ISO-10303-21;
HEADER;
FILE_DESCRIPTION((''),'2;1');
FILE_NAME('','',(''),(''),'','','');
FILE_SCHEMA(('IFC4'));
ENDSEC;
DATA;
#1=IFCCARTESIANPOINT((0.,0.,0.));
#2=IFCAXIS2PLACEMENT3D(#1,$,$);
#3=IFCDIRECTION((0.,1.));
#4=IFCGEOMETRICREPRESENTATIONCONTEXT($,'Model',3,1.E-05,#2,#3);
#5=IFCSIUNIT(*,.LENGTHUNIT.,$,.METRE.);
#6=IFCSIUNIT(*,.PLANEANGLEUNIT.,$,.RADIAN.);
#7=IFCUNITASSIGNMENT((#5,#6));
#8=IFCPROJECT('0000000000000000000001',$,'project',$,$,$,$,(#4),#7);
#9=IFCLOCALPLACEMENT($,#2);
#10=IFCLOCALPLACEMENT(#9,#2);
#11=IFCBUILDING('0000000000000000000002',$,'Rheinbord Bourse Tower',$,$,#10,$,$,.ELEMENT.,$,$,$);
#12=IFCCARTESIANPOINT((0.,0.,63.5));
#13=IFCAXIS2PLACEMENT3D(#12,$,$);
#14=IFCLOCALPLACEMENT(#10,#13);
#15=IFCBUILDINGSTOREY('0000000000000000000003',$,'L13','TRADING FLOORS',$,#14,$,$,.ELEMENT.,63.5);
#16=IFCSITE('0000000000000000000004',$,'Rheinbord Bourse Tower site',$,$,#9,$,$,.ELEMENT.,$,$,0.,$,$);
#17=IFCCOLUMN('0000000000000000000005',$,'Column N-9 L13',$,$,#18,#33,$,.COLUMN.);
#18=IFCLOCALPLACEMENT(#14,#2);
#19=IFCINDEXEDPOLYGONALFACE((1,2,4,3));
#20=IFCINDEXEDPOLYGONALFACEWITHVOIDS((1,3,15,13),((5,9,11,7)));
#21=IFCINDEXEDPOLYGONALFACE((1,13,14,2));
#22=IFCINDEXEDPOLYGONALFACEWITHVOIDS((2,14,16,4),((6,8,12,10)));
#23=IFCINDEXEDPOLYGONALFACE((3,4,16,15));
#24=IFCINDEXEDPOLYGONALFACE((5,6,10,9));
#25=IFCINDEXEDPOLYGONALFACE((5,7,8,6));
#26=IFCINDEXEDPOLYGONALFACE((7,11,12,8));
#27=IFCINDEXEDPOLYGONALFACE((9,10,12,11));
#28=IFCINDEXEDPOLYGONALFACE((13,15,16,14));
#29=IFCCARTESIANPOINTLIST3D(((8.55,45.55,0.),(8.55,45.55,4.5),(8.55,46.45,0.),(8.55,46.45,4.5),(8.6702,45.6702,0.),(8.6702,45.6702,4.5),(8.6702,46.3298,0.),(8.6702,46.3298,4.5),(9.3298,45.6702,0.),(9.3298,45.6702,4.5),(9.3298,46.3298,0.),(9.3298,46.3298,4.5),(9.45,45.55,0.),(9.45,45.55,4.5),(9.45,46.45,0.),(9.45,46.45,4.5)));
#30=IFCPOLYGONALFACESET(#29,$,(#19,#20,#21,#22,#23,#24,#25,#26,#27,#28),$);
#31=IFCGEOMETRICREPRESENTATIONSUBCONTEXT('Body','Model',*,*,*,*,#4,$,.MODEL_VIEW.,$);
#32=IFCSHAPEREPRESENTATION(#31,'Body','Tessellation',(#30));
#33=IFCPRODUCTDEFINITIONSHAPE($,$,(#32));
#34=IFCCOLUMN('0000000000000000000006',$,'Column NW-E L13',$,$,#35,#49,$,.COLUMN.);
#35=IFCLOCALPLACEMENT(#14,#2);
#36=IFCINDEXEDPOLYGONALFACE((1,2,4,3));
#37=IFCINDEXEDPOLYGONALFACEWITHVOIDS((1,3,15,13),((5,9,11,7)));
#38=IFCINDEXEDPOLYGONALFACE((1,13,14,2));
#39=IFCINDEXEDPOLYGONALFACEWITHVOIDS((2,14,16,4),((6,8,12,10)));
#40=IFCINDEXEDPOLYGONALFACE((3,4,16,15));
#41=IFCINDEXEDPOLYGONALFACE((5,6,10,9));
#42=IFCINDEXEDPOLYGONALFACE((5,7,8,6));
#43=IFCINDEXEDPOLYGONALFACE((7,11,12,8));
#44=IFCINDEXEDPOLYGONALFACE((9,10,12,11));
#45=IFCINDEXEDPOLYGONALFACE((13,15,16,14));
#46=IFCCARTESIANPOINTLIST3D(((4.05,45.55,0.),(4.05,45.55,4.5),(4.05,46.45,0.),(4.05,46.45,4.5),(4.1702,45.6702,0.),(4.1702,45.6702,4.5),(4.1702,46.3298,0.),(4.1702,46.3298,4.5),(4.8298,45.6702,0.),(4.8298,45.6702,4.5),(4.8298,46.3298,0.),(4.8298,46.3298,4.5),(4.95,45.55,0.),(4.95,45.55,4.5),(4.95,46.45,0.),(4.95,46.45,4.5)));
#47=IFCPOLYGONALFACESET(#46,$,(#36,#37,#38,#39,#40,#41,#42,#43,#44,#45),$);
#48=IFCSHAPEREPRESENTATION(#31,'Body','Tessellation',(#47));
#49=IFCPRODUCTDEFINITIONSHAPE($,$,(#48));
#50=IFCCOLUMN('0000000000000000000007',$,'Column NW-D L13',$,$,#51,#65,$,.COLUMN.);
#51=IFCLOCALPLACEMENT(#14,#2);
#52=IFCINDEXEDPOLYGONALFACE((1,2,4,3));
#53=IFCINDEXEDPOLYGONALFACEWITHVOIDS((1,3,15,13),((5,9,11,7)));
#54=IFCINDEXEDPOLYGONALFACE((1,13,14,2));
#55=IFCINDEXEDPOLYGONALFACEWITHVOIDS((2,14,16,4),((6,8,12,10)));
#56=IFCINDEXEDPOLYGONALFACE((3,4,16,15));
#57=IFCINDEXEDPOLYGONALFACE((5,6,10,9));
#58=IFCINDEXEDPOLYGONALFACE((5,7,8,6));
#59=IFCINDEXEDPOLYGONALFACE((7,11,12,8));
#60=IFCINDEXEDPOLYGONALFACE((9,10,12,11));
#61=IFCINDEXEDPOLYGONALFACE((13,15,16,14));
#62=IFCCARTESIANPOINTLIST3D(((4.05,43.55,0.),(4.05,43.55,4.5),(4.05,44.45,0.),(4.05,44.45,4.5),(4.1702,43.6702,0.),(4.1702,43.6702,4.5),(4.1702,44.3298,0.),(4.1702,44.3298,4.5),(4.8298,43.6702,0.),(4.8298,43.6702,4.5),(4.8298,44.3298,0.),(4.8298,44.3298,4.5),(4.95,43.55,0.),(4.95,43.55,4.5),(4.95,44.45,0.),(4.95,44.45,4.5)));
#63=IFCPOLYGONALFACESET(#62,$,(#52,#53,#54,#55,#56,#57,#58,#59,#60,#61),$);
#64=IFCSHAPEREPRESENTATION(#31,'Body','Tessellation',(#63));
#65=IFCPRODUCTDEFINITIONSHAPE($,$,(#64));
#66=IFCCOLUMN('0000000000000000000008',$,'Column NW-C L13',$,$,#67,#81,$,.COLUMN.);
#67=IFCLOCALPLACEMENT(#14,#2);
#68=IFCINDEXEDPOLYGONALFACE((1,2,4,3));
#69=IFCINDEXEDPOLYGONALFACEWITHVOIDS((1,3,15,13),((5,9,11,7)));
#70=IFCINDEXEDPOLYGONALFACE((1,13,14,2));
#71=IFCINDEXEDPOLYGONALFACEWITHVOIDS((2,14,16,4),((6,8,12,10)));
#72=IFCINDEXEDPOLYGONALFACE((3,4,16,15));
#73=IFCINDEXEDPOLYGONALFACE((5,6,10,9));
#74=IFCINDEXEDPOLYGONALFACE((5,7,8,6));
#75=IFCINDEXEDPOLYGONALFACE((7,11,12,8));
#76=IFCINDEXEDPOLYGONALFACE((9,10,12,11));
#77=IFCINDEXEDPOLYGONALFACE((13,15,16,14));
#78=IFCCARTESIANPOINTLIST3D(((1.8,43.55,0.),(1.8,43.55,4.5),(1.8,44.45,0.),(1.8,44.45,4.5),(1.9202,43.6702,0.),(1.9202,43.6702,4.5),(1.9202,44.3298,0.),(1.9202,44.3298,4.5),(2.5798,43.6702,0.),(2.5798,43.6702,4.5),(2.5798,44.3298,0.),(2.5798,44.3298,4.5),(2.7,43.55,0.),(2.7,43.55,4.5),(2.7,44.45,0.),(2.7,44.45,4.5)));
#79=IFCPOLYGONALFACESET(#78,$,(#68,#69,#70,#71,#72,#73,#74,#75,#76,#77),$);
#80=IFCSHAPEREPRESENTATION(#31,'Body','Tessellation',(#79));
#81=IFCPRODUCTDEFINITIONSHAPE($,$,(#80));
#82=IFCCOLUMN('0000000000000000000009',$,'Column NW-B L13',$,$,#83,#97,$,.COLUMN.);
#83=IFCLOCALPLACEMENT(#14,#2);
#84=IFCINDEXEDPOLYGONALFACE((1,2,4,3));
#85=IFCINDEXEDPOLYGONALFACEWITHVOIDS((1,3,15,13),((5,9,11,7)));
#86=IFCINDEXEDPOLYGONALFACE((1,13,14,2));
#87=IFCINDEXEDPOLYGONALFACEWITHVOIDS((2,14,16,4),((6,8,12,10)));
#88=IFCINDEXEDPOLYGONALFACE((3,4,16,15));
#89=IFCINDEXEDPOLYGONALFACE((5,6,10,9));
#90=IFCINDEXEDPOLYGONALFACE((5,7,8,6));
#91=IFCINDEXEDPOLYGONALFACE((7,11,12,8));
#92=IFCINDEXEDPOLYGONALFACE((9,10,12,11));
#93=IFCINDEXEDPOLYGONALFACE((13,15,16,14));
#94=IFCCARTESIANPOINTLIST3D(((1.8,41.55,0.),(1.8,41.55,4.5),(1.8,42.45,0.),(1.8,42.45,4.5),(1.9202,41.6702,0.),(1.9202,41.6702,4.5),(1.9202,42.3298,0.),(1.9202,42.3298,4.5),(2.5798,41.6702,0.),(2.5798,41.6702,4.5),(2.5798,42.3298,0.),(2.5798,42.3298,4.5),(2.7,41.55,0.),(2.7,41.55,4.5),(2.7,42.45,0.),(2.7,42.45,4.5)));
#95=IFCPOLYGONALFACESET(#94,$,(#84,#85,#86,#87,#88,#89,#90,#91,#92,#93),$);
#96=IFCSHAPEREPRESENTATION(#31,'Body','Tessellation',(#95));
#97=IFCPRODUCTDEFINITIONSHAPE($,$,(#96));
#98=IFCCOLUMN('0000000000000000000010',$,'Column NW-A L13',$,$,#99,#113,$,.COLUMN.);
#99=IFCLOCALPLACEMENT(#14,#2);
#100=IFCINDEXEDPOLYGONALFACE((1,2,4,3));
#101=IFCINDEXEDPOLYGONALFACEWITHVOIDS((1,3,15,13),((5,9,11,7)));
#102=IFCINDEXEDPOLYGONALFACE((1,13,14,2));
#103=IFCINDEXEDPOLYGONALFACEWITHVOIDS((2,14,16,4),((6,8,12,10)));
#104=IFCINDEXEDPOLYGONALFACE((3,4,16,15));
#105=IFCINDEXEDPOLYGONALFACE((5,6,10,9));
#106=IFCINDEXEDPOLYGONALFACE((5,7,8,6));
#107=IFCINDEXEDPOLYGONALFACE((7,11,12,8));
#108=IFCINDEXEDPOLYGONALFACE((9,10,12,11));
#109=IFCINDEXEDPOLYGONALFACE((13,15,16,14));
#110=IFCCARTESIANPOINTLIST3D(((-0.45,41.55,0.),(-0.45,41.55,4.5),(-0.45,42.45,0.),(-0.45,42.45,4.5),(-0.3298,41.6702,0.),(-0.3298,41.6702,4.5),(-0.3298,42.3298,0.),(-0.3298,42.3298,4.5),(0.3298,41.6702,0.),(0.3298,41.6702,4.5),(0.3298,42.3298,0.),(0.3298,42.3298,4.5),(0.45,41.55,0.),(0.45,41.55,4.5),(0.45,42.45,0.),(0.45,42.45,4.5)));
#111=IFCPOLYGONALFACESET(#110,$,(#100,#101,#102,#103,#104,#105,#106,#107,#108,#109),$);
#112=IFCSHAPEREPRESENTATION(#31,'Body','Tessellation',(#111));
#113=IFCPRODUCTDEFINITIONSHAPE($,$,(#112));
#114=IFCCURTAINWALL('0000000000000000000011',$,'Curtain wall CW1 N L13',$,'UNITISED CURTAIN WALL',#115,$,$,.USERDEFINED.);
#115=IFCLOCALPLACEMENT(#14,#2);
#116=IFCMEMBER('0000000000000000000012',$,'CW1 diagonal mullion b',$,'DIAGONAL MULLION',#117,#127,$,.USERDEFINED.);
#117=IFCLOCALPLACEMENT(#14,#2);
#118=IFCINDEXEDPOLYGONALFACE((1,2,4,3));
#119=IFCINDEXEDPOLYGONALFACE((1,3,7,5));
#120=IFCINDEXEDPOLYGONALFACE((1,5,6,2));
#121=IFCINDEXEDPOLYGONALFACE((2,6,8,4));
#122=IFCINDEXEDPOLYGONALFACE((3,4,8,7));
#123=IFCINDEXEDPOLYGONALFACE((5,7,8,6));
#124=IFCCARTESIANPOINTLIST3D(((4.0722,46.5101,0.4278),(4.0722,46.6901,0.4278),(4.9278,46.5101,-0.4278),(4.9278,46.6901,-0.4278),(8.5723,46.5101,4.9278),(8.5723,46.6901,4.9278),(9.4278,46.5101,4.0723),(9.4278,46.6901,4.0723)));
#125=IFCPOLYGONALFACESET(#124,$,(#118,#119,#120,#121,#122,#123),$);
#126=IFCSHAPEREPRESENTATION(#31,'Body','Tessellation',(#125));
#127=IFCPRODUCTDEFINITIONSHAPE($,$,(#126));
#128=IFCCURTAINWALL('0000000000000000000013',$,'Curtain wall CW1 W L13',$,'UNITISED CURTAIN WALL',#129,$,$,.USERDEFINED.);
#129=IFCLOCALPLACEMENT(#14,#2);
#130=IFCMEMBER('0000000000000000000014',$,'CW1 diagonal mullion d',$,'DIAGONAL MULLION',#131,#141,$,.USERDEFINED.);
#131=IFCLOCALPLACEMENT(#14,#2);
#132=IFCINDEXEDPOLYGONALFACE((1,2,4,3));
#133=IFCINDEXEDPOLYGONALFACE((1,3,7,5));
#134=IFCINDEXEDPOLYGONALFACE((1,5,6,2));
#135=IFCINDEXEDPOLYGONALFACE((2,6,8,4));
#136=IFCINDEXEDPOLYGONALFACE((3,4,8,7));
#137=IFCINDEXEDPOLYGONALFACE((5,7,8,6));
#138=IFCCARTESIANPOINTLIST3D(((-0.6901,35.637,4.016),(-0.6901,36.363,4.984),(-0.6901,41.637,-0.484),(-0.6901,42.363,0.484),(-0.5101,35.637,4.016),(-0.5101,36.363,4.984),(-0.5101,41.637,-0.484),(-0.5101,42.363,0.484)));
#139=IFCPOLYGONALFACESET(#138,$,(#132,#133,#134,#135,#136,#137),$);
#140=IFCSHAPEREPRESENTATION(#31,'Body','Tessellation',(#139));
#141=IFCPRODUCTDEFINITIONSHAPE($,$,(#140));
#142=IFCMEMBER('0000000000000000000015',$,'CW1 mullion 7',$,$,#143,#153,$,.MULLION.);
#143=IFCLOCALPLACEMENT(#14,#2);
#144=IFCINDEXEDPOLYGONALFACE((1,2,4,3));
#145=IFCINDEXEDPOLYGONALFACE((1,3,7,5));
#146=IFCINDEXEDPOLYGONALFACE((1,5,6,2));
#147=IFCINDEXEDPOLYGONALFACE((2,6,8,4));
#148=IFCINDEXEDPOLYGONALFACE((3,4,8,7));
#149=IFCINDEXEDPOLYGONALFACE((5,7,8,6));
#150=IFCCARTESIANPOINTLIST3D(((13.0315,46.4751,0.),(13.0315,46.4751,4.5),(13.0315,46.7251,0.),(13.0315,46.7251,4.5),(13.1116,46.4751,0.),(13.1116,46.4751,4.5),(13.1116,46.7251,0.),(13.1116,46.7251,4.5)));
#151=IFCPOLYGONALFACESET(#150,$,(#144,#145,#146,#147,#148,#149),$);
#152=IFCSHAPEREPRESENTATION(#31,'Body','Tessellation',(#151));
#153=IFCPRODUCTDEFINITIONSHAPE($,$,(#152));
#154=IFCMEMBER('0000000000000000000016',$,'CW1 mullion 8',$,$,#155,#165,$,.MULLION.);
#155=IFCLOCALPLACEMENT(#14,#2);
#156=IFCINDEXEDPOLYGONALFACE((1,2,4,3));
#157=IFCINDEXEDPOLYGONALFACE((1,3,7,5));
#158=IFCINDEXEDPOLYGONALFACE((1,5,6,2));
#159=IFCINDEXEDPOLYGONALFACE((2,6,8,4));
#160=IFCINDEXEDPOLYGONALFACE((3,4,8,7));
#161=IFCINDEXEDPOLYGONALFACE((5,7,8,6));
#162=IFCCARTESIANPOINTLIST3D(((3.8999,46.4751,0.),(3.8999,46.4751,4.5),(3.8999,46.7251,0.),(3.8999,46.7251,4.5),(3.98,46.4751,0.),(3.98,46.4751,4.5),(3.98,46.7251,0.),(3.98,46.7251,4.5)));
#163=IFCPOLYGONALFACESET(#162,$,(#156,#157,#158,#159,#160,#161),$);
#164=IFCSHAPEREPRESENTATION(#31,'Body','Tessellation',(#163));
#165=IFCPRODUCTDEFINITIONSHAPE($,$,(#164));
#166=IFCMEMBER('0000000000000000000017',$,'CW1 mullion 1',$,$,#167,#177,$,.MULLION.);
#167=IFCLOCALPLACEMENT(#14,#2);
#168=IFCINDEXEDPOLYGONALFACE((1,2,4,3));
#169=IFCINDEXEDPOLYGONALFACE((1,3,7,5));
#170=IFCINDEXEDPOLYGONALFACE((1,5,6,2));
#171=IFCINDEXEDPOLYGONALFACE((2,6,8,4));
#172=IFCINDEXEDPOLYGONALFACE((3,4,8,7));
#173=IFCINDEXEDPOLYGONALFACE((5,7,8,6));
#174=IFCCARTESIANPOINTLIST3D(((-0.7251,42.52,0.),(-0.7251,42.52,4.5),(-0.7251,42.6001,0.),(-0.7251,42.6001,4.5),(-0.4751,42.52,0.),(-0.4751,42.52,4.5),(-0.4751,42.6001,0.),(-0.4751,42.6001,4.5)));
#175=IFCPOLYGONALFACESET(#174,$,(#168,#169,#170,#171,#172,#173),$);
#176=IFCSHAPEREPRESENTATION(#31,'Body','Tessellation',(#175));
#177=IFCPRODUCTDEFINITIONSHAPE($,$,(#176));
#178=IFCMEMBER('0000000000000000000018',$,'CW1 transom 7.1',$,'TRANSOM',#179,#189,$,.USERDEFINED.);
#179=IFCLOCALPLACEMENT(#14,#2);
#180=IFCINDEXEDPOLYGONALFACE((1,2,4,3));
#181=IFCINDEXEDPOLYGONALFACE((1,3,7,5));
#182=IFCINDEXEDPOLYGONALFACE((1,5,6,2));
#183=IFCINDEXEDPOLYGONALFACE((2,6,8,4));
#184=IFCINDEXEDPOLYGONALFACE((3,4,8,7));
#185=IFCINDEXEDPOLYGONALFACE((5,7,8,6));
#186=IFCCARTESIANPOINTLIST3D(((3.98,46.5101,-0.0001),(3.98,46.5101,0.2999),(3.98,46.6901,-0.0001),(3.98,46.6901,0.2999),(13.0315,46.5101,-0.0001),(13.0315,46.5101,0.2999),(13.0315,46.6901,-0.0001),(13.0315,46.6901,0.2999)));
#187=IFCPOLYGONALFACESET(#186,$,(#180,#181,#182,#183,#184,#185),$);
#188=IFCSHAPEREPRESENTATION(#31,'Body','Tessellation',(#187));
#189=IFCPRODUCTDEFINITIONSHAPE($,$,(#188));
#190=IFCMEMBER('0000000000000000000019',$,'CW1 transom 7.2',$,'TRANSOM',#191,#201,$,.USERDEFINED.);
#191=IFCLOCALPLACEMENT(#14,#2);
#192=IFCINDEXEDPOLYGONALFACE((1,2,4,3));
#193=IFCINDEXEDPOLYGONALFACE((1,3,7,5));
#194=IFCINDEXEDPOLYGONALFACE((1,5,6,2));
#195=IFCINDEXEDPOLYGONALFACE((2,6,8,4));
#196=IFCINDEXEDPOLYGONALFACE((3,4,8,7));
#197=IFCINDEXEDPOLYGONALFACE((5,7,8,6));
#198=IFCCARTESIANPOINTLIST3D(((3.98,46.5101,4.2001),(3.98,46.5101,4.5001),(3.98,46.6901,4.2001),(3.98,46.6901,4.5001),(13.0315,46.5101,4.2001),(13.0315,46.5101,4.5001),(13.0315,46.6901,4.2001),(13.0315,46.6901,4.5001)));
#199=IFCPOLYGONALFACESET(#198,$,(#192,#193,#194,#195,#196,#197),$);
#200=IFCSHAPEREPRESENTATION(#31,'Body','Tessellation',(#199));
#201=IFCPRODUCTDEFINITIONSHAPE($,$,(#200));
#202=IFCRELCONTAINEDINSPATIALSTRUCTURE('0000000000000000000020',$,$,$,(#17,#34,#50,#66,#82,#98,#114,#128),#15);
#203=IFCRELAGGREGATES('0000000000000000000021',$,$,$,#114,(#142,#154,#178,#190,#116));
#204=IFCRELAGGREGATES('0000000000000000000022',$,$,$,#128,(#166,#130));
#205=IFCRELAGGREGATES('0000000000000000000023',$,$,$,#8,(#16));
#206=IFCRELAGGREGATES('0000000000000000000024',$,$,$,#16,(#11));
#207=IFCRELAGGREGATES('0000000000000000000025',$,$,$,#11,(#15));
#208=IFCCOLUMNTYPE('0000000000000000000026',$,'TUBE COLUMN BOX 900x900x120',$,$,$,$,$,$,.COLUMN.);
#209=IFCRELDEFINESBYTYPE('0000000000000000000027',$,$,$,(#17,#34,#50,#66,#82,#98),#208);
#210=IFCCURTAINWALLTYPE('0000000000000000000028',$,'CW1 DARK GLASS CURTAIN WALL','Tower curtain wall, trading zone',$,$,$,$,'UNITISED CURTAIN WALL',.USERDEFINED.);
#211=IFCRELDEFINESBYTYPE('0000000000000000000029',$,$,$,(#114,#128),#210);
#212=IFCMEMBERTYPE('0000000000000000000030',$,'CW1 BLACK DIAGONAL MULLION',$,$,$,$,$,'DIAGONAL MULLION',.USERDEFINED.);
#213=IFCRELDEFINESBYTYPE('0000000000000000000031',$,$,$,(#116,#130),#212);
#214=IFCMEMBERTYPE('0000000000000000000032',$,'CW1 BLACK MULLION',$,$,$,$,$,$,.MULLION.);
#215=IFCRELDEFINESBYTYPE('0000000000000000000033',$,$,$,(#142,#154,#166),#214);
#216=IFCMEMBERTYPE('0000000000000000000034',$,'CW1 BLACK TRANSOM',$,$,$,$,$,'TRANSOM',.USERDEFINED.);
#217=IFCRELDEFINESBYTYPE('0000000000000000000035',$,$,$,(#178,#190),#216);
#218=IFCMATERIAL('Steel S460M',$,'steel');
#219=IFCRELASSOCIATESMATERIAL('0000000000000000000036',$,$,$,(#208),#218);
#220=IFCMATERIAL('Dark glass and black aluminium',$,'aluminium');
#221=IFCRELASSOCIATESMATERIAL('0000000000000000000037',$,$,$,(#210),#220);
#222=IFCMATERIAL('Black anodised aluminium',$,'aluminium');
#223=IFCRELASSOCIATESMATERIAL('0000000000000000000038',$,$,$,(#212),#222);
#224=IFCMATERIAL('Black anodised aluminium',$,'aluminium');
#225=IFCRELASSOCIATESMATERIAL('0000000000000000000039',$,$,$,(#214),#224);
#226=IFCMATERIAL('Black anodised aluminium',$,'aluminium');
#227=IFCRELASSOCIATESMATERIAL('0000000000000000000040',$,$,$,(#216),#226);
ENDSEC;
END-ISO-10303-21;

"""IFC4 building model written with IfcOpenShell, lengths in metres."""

from ifc_helpers import new_model, si_unit, direction, frame, origin, origin_2d, place, context, subcontext, project, spatial, rectangle, hollow_rectangle, extrude, material, material_profile, profile_set, type_object, element, aggregate, save


model = new_model("IFC4")

# Units and contexts
model_context = context("Model", 3, precision=1e-05, world=origin(), true_north=direction((0.0, 1.0)))
body_context = subcontext(model_context, "Body", "Model", "MODEL_VIEW")
ifc_project = project(units=[si_unit("LENGTHUNIT", "METRE"), si_unit("PLANEANGLEUNIT", "RADIAN")], contexts=[model_context])

# Site, building, storey
site_placement = place(None, origin())
site = spatial("IfcSite", under=ifc_project, at=site_placement, Name="Rheinbord Bourse Tower site", CompositionType="ELEMENT", RefElevation=0.0)
building_placement = place(site_placement, origin())
building = spatial("IfcBuilding", under=site, at=building_placement, Name="Rheinbord Bourse Tower", CompositionType="ELEMENT")
storey_placement = place(building_placement, frame((0.0, 0.0, 63.5)))
storey = spatial("IfcBuildingStorey", under=building, at=storey_placement, Name="L13", Description="TRADING FLOORS", CompositionType="ELEMENT", Elevation=63.5)

# Columns
ifc_material_1 = material(Name="Steel S460M", Category="steel")
ifc_material_profile_1 = material_profile(ifc_material_1, hollow_rectangle(XDim=0.8999, YDim=0.8999, WallThickness=0.1201, at=origin_2d()), Name="BOX 900x900x120")
ifc_profile_set_1 = profile_set([ifc_material_profile_1], Name="Steel S460M")
column_type = type_object("IfcColumnType", Name="TUBE COLUMN BOX 900x900x120", PredefinedType="COLUMN", material=ifc_profile_set_1)
for number, where, z_axis, x_axis, name in (
    (1, (9.0, 46.0, 0.0), (0.0, 0.0, 1.0), (0.0, 1.0, 0.0), "Column N-9 L13"),
    (2, (4.5, 46.0, 0.0), (0.0, 0.0, 1.0), (0.0, 1.0, 0.0), "Column NW-E L13"),
    (3, (4.5, 44.0, 0.0), (0.0, 0.0, 1.0), (0.0, 1.0, 0.0), "Column NW-D L13"),
    (4, (2.25, 44.0, 0.0), (0.0, 0.0, 1.0), (1.0, 0.0, 0.0), "Column NW-C L13"),
    (5, (2.25, 42.0, 0.0), (0.0, 0.0, 1.0), (1.0, 0.0, 0.0), "Column NW-B L13"),
    (6, (0.0, 42.0, 0.0), (0.0, 0.0, 1.0), (1.0, 0.0, 0.0), "Column NW-A L13"),
):
    element("IfcColumn", number, at=place(storey_placement, frame(where, z_axis=z_axis, x_axis=x_axis)), inside=storey, type_object=column_type, Name=name, PredefinedType="COLUMN", context=body_context, shape_type="SweptSolid", body=[
        extrude(hollow_rectangle(XDim=0.8999, YDim=0.8999, WallThickness=0.1201, at=origin_2d()), origin(), (0.0, 0.0, 1.0), 4.5),
    ])

# Curtain walls, members
ifc_material_2 = material(Name="Dark glass and black aluminium", Category="aluminium")
curtain_wall_type = type_object("IfcCurtainWallType", Name="CW1 DARK GLASS CURTAIN WALL", Description="Tower curtain wall, trading zone", ElementType="UNITISED CURTAIN WALL", PredefinedType="USERDEFINED", material=ifc_material_2)
curtain_wall_1_placement = place(storey_placement, origin())
curtain_wall_1 = element("IfcCurtainWall", 7, at=curtain_wall_1_placement, inside=storey, type_object=curtain_wall_type, Name="Curtain wall CW1 N L13", ObjectType="UNITISED CURTAIN WALL", PredefinedType="USERDEFINED")
ifc_material_3 = material(Name="Black anodised aluminium", Category="aluminium")
ifc_material_profile_2 = material_profile(ifc_material_3, rectangle(XDim=0.1799, YDim=1.21, at=origin_2d()), Name="CW1 DIAGONAL MULLION 1210x180")
ifc_profile_set_2 = profile_set([ifc_material_profile_2], Name="Black anodised aluminium")
member_type_1 = type_object("IfcMemberType", Name="CW1 BLACK DIAGONAL MULLION", ElementType="DIAGONAL MULLION", PredefinedType="USERDEFINED", material=ifc_profile_set_2)
member_1_placement = place(storey_placement, frame((4.5, 46.6001, 0.0), z_axis=(0.707107, 0.0, 0.707107), x_axis=(0.0, 1.0, 0.0)))
member_1 = element("IfcMember", 8, at=member_1_placement, type_object=member_type_1, Name="CW1 diagonal mullion b", ObjectType="DIAGONAL MULLION", PredefinedType="USERDEFINED", context=body_context, shape_type="SweptSolid", body=[
    extrude(rectangle(XDim=0.1799, YDim=1.21, at=origin_2d()), origin(), (0.0, 0.0, 1.0), 6.364),
])
curtain_wall_2_placement = place(storey_placement, origin())
curtain_wall_2 = element("IfcCurtainWall", 9, at=curtain_wall_2_placement, inside=storey, type_object=curtain_wall_type, Name="Curtain wall CW1 W L13", ObjectType="UNITISED CURTAIN WALL", PredefinedType="USERDEFINED")
member_2_placement = place(storey_placement, frame((-0.6001, 42.0, 0.0), z_axis=(0.0, -0.8, 0.6), x_axis=(1.0, 0.0, 0.0)))
member_2 = element("IfcMember", 10, at=member_2_placement, type_object=member_type_1, Name="CW1 diagonal mullion d", ObjectType="DIAGONAL MULLION", PredefinedType="USERDEFINED", context=body_context, shape_type="SweptSolid", body=[
    extrude(rectangle(XDim=0.1799, YDim=1.21, at=origin_2d()), origin(), (0.0, 0.0, 1.0), 7.5),
])

# Members
ifc_material_4 = material(Name="Black anodised aluminium", Category="aluminium")
ifc_material_profile_3 = material_profile(ifc_material_4, rectangle(XDim=0.25, YDim=0.0801, at=origin_2d()), Name="CW1 MULLION 80x250")
ifc_profile_set_3 = profile_set([ifc_material_profile_3], Name="Black anodised aluminium")
member_type_2 = type_object("IfcMemberType", Name="CW1 BLACK MULLION", PredefinedType="MULLION", material=ifc_profile_set_3)
member_3_placement = place(storey_placement, frame((13.0715, 46.6001, 0.0), z_axis=(0.0, 0.0, 1.0), x_axis=(0.0, -1.0, 0.0)))
member_3 = element("IfcMember", 11, at=member_3_placement, type_object=member_type_2, Name="CW1 mullion 7", PredefinedType="MULLION", context=body_context, shape_type="SweptSolid", body=[
    extrude(rectangle(XDim=0.25, YDim=0.0801, at=origin_2d()), origin(), (0.0, 0.0, 1.0), 4.5),
])
member_4_placement = place(storey_placement, frame((3.9399, 46.6001, 0.0), z_axis=(0.0, 0.0, 1.0), x_axis=(0.0, -1.0, 0.0)))
member_4 = element("IfcMember", 12, at=member_4_placement, type_object=member_type_2, Name="CW1 mullion 8", PredefinedType="MULLION", context=body_context, shape_type="SweptSolid", body=[
    extrude(rectangle(XDim=0.25, YDim=0.0801, at=origin_2d()), origin(), (0.0, 0.0, 1.0), 4.5),
])
member_5_placement = place(storey_placement, frame((-0.6001, 42.5601, 0.0), z_axis=(0.0, 0.0, 1.0), x_axis=(1.0, 0.0, 0.0)))
member_5 = element("IfcMember", 13, at=member_5_placement, type_object=member_type_2, Name="CW1 mullion 1", PredefinedType="MULLION", context=body_context, shape_type="SweptSolid", body=[
    extrude(rectangle(XDim=0.25, YDim=0.0801, at=origin_2d()), origin(), (0.0, 0.0, 1.0), 4.5),
])
ifc_material_5 = material(Name="Black anodised aluminium", Category="aluminium")
ifc_material_profile_4 = material_profile(ifc_material_5, rectangle(XDim=0.1799, YDim=0.3, at=origin_2d()), Name="CW1 TRANSOM 300x180")
ifc_profile_set_4 = profile_set([ifc_material_profile_4], Name="Black anodised aluminium")
member_type_3 = type_object("IfcMemberType", Name="CW1 BLACK TRANSOM", ElementType="TRANSOM", PredefinedType="USERDEFINED", material=ifc_profile_set_4)
member_6_placement = place(storey_placement, frame((13.0315, 46.6001, 0.1499), z_axis=(-1.0, 0.0, 0.0), x_axis=(0.0, -1.0, 0.0)))
member_6 = element("IfcMember", 14, at=member_6_placement, type_object=member_type_3, Name="CW1 transom 7.1", ObjectType="TRANSOM", PredefinedType="USERDEFINED", context=body_context, shape_type="SweptSolid", body=[
    extrude(rectangle(XDim=0.1799, YDim=0.3, at=origin_2d()), origin(), (0.0, 0.0, 1.0), 9.0515),
])
member_7_placement = place(storey_placement, frame((13.0315, 46.6001, 4.3501), z_axis=(-1.0, 0.0, 0.0), x_axis=(0.0, -1.0, 0.0)))
member_7 = element("IfcMember", 15, at=member_7_placement, type_object=member_type_3, Name="CW1 transom 7.2", ObjectType="TRANSOM", PredefinedType="USERDEFINED", context=body_context, shape_type="SweptSolid", body=[
    extrude(rectangle(XDim=0.1799, YDim=0.3, at=origin_2d()), origin(), (0.0, 0.0, 1.0), 9.0515),
])

aggregate(curtain_wall_1, [member_3, member_4, member_6, member_7, member_1])
aggregate(curtain_wall_2, [member_5, member_2])

save(model, "model.ifc")
